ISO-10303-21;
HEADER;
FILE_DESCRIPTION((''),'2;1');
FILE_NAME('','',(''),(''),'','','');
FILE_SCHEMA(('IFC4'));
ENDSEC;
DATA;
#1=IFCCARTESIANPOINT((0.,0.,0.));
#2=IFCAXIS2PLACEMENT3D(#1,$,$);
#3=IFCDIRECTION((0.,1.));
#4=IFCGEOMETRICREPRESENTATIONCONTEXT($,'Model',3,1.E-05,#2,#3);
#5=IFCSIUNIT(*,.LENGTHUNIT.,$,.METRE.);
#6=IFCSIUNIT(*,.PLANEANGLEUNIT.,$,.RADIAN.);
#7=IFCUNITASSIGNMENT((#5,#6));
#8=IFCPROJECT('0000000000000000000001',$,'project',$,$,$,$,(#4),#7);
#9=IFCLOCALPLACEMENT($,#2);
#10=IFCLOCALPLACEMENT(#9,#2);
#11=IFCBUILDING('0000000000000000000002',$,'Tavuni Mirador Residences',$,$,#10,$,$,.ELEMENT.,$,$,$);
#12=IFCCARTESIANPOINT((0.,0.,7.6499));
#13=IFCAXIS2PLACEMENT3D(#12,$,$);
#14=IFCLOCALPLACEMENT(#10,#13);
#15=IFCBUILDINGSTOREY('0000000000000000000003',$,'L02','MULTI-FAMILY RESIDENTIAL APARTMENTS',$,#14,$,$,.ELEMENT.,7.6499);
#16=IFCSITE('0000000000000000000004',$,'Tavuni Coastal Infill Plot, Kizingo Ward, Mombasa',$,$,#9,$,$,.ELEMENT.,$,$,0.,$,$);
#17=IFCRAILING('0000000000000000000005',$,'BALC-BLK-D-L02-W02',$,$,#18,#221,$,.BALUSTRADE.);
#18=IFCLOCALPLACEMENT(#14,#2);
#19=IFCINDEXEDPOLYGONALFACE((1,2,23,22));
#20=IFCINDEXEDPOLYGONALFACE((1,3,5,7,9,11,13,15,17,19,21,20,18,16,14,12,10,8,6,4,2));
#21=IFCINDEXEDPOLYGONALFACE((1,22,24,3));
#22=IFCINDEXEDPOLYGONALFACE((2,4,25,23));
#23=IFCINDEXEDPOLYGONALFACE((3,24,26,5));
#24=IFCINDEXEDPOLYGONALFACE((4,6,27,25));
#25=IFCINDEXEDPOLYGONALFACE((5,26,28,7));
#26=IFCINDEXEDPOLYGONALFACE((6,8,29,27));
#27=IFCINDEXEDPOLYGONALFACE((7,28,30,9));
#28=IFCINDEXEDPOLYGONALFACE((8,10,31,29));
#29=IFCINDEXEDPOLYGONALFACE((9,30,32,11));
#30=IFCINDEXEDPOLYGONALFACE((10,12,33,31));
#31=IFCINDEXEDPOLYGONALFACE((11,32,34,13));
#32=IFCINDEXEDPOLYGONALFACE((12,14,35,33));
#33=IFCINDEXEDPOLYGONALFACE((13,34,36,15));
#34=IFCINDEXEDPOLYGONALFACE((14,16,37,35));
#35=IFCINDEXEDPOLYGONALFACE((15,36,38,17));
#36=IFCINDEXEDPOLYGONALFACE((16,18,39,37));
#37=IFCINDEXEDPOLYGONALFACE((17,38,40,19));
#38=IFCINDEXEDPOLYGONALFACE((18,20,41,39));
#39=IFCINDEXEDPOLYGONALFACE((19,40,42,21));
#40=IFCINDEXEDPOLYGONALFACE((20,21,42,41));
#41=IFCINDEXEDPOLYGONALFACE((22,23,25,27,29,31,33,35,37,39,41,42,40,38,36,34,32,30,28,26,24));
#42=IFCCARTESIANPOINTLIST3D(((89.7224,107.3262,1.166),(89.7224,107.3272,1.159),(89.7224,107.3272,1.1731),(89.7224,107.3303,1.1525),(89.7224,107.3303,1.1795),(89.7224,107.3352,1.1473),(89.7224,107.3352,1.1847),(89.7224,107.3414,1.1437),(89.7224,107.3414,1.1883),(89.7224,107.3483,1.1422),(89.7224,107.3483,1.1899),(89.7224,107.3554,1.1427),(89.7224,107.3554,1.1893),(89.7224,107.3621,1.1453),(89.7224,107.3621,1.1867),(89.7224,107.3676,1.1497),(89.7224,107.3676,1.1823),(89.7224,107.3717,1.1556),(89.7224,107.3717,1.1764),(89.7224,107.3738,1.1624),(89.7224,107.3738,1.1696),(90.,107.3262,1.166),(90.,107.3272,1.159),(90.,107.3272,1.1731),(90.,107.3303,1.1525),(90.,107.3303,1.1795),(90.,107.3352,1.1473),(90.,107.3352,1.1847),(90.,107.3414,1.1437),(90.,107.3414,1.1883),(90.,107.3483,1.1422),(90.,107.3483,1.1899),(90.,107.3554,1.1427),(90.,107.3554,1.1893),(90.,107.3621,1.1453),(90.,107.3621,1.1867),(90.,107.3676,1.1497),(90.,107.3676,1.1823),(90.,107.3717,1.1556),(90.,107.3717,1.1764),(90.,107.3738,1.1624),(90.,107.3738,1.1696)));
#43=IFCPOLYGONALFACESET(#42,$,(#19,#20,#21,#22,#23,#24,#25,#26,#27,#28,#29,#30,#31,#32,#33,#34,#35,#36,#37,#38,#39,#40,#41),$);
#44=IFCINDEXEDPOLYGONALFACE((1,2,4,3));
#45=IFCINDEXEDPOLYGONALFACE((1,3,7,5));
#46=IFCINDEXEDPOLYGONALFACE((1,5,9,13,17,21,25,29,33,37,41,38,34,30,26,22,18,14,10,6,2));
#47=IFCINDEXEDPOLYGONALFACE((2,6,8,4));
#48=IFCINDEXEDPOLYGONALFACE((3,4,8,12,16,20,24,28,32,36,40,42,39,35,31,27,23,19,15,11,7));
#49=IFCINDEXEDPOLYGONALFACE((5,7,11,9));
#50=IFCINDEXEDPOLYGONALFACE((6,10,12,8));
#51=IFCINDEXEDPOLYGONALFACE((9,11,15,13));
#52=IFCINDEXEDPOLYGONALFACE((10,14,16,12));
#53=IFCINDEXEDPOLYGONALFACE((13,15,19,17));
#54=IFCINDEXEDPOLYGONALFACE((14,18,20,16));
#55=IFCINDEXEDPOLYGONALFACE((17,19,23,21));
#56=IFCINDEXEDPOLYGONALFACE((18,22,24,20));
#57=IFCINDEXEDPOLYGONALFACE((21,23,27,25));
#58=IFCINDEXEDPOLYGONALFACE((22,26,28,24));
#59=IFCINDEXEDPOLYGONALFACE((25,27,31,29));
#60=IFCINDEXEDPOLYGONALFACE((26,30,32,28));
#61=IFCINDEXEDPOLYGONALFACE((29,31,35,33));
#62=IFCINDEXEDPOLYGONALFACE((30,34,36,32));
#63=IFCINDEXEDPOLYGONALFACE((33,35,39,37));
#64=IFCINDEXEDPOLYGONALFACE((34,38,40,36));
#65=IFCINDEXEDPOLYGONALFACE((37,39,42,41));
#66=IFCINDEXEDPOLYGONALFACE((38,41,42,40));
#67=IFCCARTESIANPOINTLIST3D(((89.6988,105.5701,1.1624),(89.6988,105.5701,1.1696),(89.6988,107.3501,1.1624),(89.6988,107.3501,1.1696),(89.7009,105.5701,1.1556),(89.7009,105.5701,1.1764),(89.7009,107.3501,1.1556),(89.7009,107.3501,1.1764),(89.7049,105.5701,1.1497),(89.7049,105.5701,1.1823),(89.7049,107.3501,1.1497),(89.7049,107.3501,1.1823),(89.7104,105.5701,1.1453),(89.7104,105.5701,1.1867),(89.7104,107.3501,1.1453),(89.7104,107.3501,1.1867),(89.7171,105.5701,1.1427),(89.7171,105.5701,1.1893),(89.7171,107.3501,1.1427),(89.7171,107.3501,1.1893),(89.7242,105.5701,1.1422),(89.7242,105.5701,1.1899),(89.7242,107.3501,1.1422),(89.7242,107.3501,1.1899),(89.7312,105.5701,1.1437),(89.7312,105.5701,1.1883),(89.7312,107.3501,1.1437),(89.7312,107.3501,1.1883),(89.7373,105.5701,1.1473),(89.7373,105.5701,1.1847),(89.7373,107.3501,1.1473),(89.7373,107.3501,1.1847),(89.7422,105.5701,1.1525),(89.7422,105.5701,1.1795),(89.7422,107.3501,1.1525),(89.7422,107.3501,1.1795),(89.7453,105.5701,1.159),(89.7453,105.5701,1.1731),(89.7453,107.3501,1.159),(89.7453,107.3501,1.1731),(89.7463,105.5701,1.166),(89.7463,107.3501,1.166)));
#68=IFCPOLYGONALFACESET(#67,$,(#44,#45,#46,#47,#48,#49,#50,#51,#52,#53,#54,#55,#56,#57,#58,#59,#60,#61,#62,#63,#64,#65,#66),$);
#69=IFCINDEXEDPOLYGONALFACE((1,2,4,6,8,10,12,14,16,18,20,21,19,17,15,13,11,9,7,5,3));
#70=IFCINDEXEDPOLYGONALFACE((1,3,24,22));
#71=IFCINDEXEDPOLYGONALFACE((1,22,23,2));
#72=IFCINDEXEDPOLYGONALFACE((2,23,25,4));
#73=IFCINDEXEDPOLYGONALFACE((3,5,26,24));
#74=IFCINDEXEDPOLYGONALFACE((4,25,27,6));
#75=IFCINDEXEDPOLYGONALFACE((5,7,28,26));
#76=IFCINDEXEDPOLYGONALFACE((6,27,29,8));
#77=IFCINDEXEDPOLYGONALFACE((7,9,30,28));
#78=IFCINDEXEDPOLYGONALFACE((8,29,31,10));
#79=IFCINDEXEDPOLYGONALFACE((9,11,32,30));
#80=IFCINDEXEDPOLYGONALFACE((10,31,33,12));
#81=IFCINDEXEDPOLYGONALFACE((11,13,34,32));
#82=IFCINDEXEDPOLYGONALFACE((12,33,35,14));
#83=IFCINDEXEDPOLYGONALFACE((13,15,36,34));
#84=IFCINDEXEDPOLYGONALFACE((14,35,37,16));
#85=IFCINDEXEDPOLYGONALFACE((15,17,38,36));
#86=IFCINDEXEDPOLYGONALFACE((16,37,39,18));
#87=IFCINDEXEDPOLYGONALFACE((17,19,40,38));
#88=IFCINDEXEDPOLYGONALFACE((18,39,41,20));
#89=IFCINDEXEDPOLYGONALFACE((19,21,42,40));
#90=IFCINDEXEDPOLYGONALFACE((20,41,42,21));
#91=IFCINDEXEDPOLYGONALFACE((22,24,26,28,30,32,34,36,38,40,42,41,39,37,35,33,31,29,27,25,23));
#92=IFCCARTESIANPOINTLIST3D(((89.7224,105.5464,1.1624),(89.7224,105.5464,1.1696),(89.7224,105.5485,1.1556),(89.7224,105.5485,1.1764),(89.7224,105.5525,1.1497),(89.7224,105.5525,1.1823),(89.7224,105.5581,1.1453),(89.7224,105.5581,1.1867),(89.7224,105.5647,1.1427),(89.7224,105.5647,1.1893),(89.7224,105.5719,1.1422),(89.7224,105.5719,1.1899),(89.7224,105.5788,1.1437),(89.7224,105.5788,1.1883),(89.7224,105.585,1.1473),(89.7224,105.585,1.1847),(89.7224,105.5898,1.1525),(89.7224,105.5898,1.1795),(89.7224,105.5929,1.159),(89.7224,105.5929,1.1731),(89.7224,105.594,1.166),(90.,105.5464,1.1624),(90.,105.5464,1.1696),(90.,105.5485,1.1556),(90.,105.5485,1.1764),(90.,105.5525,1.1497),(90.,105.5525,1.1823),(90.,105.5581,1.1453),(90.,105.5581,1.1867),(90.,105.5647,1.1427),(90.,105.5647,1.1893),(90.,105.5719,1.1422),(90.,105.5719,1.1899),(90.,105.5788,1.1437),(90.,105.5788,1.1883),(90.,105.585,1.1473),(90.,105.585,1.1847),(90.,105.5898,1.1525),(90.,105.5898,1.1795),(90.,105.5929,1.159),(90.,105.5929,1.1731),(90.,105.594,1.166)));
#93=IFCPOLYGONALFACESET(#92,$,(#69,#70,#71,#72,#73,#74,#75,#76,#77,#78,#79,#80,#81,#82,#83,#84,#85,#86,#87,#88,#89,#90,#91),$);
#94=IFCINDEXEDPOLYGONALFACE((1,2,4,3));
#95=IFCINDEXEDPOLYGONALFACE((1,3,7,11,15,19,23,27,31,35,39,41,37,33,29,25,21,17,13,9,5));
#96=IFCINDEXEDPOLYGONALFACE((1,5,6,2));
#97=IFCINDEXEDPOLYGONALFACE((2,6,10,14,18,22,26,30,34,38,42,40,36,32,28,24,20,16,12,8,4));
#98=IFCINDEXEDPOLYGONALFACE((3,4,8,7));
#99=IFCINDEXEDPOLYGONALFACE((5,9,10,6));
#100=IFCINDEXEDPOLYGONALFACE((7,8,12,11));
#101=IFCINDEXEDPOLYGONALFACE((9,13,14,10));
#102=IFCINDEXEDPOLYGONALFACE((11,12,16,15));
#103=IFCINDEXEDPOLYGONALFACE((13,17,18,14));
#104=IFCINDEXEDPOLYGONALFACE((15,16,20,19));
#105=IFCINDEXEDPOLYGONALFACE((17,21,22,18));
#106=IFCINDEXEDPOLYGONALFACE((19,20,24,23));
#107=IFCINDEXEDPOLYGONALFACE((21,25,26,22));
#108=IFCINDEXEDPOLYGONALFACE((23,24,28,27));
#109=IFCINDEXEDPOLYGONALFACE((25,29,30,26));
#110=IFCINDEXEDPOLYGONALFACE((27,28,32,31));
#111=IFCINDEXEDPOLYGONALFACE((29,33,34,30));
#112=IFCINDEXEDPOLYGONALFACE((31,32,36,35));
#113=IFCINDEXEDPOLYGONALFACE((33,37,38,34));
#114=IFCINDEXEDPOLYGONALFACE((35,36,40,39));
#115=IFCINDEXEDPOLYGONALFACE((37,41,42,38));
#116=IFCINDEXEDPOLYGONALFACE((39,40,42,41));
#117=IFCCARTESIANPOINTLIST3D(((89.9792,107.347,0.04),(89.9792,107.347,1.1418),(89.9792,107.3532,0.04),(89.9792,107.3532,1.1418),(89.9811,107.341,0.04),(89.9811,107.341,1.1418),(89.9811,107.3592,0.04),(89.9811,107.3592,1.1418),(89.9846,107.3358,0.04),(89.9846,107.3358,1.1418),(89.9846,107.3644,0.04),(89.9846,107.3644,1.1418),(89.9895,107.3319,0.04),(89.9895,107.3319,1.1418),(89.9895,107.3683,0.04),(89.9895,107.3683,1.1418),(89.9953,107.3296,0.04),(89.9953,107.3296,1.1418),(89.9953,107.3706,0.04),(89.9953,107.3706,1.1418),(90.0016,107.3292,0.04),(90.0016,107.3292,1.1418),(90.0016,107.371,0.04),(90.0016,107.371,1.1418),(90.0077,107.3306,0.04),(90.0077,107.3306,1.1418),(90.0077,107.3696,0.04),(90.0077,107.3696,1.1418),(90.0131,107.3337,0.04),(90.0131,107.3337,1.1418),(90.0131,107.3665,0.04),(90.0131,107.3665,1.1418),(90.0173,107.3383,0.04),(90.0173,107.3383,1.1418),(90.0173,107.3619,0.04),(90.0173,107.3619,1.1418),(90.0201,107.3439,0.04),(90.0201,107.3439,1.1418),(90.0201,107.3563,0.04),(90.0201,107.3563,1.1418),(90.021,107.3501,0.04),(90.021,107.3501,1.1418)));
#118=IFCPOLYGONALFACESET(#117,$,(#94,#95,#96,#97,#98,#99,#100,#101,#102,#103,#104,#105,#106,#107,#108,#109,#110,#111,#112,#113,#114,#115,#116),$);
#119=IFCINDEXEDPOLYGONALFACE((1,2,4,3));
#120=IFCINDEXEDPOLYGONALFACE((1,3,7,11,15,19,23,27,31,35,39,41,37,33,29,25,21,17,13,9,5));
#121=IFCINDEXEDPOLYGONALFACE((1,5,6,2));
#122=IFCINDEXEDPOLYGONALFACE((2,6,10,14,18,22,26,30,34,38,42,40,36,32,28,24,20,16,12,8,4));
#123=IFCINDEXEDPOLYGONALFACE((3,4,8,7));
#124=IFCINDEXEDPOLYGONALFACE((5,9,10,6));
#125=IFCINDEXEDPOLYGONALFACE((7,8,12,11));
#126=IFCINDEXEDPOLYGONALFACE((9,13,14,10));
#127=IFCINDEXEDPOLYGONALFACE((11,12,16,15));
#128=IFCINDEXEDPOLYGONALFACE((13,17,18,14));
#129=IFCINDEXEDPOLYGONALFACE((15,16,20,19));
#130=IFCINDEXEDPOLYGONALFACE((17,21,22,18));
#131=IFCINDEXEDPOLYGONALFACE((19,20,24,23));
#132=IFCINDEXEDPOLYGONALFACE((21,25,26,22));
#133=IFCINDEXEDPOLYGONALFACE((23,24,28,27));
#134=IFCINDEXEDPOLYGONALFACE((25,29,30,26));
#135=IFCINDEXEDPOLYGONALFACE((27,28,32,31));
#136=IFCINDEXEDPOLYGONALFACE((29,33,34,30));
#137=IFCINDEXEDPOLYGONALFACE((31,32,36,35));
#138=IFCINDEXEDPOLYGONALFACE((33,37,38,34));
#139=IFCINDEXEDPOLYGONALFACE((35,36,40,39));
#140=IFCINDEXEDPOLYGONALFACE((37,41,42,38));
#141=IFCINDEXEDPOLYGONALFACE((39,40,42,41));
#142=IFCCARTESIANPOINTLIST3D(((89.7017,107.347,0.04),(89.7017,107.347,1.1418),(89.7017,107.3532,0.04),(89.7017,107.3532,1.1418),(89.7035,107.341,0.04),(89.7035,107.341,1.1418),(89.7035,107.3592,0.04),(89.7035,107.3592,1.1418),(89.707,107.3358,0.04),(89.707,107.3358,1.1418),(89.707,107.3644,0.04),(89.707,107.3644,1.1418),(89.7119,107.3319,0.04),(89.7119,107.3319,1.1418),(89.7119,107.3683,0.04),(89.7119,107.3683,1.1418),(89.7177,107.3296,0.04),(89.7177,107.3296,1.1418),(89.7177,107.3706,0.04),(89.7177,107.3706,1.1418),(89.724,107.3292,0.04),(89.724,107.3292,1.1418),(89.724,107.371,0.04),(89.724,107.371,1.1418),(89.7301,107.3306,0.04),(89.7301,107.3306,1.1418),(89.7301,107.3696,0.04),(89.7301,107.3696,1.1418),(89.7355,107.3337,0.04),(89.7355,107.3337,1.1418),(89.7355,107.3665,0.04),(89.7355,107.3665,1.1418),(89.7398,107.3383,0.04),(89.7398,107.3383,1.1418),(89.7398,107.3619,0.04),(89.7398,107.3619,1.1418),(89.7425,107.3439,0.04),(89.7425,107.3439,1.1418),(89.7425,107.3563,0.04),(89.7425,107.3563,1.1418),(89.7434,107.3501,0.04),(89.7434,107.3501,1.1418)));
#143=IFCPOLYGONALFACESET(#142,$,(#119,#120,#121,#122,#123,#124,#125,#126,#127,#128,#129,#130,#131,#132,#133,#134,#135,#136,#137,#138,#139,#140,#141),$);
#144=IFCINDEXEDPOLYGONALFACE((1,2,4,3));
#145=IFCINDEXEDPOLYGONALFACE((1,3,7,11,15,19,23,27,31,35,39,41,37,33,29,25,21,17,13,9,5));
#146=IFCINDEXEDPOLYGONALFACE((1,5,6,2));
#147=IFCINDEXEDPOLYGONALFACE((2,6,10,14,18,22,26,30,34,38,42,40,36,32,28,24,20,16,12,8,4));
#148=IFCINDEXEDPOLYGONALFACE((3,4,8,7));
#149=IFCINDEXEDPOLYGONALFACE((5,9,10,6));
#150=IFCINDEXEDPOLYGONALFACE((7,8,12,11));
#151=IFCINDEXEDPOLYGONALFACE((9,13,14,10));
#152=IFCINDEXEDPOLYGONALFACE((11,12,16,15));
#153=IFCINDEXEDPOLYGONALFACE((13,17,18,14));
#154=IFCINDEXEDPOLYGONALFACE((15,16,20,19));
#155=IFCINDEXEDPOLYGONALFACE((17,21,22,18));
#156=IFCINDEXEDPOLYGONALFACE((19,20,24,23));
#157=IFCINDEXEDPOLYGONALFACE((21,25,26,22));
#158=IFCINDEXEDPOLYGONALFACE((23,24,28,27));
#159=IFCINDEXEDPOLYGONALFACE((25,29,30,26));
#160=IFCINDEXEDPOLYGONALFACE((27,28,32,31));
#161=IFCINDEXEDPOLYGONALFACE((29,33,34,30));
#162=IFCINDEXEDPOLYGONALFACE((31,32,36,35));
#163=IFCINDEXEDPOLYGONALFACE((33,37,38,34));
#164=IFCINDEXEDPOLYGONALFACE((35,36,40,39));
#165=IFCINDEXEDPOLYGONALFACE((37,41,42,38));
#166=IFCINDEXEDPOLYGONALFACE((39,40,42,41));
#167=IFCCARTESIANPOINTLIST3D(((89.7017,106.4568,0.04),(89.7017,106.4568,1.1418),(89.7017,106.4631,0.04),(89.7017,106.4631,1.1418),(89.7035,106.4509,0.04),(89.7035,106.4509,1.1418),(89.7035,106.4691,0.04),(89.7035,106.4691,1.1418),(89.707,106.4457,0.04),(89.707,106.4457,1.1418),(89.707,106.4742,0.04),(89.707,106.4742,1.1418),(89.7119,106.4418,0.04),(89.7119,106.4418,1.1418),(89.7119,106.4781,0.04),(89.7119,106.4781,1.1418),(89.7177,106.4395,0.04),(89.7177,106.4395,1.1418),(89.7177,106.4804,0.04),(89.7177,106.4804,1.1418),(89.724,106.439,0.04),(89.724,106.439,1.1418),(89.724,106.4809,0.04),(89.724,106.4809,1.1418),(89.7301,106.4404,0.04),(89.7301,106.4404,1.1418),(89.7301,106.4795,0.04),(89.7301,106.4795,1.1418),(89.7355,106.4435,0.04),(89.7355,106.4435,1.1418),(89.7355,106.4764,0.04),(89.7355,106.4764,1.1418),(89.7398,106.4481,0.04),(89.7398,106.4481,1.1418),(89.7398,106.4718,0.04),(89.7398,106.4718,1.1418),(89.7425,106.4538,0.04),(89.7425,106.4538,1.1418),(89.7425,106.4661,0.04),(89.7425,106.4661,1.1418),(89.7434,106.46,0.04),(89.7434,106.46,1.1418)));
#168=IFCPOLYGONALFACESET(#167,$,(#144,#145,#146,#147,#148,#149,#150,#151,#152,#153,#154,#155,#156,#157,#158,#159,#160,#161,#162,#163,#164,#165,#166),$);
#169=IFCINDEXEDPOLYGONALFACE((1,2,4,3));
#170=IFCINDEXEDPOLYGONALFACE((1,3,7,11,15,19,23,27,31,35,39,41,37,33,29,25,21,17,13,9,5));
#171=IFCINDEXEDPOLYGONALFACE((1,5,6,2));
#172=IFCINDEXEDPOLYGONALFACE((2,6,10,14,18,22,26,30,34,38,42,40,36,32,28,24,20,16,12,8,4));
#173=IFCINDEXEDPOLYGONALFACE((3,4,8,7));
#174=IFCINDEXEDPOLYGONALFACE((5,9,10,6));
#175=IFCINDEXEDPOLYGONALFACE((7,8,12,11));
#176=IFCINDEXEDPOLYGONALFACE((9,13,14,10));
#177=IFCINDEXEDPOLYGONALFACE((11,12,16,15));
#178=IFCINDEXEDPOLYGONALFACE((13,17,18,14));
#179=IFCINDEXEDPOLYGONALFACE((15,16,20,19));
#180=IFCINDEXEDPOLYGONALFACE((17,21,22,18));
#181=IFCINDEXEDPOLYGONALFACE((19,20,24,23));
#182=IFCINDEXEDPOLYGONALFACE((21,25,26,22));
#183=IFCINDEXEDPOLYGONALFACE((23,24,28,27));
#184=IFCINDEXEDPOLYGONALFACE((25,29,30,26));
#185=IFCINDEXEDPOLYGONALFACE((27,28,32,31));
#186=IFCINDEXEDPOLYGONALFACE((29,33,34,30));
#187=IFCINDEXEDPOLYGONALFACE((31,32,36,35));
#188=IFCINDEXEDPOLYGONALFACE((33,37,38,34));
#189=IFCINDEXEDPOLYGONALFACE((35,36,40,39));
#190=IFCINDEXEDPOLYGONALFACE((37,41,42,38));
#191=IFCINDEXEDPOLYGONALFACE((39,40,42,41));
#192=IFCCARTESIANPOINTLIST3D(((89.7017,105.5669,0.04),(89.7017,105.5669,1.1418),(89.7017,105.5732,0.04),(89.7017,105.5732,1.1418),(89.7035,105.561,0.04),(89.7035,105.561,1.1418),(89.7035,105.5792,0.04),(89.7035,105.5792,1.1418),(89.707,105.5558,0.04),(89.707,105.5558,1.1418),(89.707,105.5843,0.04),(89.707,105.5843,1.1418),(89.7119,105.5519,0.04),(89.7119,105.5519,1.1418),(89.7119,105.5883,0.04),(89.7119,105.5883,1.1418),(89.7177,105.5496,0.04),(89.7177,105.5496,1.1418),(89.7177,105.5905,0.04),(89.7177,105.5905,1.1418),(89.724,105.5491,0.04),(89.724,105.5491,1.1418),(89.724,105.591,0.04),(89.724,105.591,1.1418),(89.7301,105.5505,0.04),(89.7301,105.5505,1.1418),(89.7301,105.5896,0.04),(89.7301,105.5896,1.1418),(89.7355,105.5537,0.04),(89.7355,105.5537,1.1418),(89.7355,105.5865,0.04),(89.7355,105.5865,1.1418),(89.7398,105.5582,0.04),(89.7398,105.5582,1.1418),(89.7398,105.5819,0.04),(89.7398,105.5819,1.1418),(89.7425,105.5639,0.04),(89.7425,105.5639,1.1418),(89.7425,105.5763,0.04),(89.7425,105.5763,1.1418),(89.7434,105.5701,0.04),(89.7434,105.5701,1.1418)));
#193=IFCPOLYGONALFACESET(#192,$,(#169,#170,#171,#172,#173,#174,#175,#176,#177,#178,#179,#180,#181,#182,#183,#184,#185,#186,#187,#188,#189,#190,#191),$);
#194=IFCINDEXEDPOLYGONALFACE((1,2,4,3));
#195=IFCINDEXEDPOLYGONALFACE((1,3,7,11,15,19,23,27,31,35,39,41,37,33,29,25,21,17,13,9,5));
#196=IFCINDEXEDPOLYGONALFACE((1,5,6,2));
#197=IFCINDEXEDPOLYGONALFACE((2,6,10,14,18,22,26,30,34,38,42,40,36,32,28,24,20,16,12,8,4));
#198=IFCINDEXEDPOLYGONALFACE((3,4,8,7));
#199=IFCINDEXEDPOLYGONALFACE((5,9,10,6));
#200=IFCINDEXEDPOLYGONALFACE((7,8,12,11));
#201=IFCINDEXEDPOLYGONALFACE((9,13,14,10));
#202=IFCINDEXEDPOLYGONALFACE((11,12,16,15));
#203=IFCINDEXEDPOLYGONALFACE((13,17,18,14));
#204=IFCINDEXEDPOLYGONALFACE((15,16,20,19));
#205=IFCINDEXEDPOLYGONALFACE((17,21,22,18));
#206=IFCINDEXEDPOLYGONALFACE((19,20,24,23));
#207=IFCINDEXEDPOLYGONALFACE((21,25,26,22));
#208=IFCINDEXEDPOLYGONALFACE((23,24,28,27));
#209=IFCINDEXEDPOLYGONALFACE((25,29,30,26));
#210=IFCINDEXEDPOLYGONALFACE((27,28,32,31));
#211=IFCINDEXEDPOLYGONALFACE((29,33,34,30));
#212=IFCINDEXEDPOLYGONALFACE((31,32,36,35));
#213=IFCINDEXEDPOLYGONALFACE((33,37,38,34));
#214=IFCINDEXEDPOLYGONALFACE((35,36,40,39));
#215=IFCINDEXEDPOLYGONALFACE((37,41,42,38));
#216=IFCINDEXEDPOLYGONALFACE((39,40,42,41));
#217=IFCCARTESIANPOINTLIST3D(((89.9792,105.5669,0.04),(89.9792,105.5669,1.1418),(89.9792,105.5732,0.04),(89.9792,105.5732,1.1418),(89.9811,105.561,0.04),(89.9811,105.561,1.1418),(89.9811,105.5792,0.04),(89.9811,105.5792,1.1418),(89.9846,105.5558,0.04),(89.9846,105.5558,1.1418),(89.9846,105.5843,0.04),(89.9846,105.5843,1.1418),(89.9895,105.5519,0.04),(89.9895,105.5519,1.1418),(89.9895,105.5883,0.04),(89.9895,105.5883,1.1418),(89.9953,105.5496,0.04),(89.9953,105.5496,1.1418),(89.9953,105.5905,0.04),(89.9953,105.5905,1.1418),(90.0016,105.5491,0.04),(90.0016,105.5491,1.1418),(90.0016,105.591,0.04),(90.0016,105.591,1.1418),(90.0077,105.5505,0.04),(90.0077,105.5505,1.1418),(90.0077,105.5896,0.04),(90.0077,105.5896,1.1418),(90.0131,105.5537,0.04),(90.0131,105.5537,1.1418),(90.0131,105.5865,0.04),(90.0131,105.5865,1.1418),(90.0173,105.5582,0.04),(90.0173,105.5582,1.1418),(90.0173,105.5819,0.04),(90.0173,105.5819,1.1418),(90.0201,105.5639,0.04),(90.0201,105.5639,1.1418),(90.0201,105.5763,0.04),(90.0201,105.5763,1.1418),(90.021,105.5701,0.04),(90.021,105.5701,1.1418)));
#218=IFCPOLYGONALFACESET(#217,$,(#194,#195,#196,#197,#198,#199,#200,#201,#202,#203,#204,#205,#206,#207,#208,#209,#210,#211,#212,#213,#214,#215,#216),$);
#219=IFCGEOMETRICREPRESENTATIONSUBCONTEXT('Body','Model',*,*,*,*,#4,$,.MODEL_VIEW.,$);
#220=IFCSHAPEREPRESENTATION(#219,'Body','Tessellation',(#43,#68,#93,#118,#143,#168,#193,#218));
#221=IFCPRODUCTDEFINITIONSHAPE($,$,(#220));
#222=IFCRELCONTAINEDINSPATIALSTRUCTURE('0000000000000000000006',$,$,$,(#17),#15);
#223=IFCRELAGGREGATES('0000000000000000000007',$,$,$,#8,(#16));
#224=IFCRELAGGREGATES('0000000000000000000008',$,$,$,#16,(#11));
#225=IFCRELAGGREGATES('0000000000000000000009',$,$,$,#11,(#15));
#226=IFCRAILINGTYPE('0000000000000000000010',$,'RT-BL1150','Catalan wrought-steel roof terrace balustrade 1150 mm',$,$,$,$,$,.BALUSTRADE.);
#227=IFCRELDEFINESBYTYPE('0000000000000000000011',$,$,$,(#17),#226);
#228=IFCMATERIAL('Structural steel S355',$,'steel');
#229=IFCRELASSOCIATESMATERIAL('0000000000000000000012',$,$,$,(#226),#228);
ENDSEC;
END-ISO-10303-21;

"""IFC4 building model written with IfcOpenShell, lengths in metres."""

from ifc_helpers import new_model, si_unit, direction, frame, origin, origin_2d, place, context, subcontext, project, spatial, circle, extrude, material, type_object, element, save


model = new_model("IFC4")

# Units and contexts
model_context = context("Model", 3, precision=1e-05, world=origin(), true_north=direction((0.0, 1.0)))
body_context = subcontext(model_context, "Body", "Model", "MODEL_VIEW")
ifc_project = project(units=[si_unit("LENGTHUNIT", "METRE"), si_unit("PLANEANGLEUNIT", "RADIAN")], contexts=[model_context])

# Site, building, storey
site_placement = place(None, origin())
site = spatial("IfcSite", under=ifc_project, at=site_placement, Name="Tavuni Coastal Infill Plot, Kizingo Ward, Mombasa", CompositionType="ELEMENT", RefElevation=0.0)
building_placement = place(site_placement, origin())
building = spatial("IfcBuilding", under=site, at=building_placement, Name="Tavuni Mirador Residences", CompositionType="ELEMENT")
storey_placement = place(building_placement, frame((0.0, 0.0, 7.6499)))
storey = spatial("IfcBuildingStorey", under=building, at=storey_placement, Name="L02", Description="MULTI-FAMILY RESIDENTIAL APARTMENTS", CompositionType="ELEMENT", Elevation=7.6499)

# Shared definitions
ifc_material_1 = material(Name="Structural steel S355", Category="steel")

# Railing
railing_type = type_object("IfcRailingType", Name="RT-BL1150", Description="Catalan wrought-steel roof terrace balustrade 1150 mm", PredefinedType="BALUSTRADE", material=ifc_material_1)
railing_placement = place(storey_placement, frame((90.0, 107.3501, 0.04)))
element("IfcRailing", 1, at=railing_placement, inside=storey, type_object=railing_type, Name="BALC-BLK-D-L02-W02", PredefinedType="BALUSTRADE", context=body_context, shape_type="SweptSolid", body=[
    extrude(circle(Radius=0.0239, at=origin_2d()), frame((0.0, 0.0, 1.126), z_axis=(-1.0, 0.0, 0.0), x_axis=(0.0, -1.0, 0.0)), (0.0, 0.0, 1.0), 0.2776),
    extrude(circle(Radius=0.0239, at=origin_2d()), frame((-0.2776, 0.0, 1.126), z_axis=(0.0, -1.0, 0.0), x_axis=(1.0, 0.0, 0.0)), (0.0, 0.0, 1.0), 1.78),
    extrude(circle(Radius=0.0239, at=origin_2d()), frame((-0.2776, -1.78, 1.126), z_axis=(1.0, 0.0, 0.0), x_axis=(0.0, 1.0, 0.0)), (0.0, 0.0, 1.0), 0.2776),
    extrude(circle(Radius=0.021, at=origin_2d()), origin(), (0.0, 0.0, 1.0), 1.1018),
    extrude(circle(Radius=0.021, at=origin_2d()), frame((-0.2776, 0.0, 0.0)), (0.0, 0.0, 1.0), 1.1018),
    extrude(circle(Radius=0.021, at=origin_2d()), frame((-0.2776, -0.8901, 0.0)), (0.0, 0.0, 1.0), 1.1018),
    extrude(circle(Radius=0.021, at=origin_2d()), frame((-0.2776, -1.78, 0.0)), (0.0, 0.0, 1.0), 1.1018),
    extrude(circle(Radius=0.021, at=origin_2d()), frame((0.0, -1.78, 0.0)), (0.0, 0.0, 1.0), 1.1018),
])

save(model, "model.ifc")
